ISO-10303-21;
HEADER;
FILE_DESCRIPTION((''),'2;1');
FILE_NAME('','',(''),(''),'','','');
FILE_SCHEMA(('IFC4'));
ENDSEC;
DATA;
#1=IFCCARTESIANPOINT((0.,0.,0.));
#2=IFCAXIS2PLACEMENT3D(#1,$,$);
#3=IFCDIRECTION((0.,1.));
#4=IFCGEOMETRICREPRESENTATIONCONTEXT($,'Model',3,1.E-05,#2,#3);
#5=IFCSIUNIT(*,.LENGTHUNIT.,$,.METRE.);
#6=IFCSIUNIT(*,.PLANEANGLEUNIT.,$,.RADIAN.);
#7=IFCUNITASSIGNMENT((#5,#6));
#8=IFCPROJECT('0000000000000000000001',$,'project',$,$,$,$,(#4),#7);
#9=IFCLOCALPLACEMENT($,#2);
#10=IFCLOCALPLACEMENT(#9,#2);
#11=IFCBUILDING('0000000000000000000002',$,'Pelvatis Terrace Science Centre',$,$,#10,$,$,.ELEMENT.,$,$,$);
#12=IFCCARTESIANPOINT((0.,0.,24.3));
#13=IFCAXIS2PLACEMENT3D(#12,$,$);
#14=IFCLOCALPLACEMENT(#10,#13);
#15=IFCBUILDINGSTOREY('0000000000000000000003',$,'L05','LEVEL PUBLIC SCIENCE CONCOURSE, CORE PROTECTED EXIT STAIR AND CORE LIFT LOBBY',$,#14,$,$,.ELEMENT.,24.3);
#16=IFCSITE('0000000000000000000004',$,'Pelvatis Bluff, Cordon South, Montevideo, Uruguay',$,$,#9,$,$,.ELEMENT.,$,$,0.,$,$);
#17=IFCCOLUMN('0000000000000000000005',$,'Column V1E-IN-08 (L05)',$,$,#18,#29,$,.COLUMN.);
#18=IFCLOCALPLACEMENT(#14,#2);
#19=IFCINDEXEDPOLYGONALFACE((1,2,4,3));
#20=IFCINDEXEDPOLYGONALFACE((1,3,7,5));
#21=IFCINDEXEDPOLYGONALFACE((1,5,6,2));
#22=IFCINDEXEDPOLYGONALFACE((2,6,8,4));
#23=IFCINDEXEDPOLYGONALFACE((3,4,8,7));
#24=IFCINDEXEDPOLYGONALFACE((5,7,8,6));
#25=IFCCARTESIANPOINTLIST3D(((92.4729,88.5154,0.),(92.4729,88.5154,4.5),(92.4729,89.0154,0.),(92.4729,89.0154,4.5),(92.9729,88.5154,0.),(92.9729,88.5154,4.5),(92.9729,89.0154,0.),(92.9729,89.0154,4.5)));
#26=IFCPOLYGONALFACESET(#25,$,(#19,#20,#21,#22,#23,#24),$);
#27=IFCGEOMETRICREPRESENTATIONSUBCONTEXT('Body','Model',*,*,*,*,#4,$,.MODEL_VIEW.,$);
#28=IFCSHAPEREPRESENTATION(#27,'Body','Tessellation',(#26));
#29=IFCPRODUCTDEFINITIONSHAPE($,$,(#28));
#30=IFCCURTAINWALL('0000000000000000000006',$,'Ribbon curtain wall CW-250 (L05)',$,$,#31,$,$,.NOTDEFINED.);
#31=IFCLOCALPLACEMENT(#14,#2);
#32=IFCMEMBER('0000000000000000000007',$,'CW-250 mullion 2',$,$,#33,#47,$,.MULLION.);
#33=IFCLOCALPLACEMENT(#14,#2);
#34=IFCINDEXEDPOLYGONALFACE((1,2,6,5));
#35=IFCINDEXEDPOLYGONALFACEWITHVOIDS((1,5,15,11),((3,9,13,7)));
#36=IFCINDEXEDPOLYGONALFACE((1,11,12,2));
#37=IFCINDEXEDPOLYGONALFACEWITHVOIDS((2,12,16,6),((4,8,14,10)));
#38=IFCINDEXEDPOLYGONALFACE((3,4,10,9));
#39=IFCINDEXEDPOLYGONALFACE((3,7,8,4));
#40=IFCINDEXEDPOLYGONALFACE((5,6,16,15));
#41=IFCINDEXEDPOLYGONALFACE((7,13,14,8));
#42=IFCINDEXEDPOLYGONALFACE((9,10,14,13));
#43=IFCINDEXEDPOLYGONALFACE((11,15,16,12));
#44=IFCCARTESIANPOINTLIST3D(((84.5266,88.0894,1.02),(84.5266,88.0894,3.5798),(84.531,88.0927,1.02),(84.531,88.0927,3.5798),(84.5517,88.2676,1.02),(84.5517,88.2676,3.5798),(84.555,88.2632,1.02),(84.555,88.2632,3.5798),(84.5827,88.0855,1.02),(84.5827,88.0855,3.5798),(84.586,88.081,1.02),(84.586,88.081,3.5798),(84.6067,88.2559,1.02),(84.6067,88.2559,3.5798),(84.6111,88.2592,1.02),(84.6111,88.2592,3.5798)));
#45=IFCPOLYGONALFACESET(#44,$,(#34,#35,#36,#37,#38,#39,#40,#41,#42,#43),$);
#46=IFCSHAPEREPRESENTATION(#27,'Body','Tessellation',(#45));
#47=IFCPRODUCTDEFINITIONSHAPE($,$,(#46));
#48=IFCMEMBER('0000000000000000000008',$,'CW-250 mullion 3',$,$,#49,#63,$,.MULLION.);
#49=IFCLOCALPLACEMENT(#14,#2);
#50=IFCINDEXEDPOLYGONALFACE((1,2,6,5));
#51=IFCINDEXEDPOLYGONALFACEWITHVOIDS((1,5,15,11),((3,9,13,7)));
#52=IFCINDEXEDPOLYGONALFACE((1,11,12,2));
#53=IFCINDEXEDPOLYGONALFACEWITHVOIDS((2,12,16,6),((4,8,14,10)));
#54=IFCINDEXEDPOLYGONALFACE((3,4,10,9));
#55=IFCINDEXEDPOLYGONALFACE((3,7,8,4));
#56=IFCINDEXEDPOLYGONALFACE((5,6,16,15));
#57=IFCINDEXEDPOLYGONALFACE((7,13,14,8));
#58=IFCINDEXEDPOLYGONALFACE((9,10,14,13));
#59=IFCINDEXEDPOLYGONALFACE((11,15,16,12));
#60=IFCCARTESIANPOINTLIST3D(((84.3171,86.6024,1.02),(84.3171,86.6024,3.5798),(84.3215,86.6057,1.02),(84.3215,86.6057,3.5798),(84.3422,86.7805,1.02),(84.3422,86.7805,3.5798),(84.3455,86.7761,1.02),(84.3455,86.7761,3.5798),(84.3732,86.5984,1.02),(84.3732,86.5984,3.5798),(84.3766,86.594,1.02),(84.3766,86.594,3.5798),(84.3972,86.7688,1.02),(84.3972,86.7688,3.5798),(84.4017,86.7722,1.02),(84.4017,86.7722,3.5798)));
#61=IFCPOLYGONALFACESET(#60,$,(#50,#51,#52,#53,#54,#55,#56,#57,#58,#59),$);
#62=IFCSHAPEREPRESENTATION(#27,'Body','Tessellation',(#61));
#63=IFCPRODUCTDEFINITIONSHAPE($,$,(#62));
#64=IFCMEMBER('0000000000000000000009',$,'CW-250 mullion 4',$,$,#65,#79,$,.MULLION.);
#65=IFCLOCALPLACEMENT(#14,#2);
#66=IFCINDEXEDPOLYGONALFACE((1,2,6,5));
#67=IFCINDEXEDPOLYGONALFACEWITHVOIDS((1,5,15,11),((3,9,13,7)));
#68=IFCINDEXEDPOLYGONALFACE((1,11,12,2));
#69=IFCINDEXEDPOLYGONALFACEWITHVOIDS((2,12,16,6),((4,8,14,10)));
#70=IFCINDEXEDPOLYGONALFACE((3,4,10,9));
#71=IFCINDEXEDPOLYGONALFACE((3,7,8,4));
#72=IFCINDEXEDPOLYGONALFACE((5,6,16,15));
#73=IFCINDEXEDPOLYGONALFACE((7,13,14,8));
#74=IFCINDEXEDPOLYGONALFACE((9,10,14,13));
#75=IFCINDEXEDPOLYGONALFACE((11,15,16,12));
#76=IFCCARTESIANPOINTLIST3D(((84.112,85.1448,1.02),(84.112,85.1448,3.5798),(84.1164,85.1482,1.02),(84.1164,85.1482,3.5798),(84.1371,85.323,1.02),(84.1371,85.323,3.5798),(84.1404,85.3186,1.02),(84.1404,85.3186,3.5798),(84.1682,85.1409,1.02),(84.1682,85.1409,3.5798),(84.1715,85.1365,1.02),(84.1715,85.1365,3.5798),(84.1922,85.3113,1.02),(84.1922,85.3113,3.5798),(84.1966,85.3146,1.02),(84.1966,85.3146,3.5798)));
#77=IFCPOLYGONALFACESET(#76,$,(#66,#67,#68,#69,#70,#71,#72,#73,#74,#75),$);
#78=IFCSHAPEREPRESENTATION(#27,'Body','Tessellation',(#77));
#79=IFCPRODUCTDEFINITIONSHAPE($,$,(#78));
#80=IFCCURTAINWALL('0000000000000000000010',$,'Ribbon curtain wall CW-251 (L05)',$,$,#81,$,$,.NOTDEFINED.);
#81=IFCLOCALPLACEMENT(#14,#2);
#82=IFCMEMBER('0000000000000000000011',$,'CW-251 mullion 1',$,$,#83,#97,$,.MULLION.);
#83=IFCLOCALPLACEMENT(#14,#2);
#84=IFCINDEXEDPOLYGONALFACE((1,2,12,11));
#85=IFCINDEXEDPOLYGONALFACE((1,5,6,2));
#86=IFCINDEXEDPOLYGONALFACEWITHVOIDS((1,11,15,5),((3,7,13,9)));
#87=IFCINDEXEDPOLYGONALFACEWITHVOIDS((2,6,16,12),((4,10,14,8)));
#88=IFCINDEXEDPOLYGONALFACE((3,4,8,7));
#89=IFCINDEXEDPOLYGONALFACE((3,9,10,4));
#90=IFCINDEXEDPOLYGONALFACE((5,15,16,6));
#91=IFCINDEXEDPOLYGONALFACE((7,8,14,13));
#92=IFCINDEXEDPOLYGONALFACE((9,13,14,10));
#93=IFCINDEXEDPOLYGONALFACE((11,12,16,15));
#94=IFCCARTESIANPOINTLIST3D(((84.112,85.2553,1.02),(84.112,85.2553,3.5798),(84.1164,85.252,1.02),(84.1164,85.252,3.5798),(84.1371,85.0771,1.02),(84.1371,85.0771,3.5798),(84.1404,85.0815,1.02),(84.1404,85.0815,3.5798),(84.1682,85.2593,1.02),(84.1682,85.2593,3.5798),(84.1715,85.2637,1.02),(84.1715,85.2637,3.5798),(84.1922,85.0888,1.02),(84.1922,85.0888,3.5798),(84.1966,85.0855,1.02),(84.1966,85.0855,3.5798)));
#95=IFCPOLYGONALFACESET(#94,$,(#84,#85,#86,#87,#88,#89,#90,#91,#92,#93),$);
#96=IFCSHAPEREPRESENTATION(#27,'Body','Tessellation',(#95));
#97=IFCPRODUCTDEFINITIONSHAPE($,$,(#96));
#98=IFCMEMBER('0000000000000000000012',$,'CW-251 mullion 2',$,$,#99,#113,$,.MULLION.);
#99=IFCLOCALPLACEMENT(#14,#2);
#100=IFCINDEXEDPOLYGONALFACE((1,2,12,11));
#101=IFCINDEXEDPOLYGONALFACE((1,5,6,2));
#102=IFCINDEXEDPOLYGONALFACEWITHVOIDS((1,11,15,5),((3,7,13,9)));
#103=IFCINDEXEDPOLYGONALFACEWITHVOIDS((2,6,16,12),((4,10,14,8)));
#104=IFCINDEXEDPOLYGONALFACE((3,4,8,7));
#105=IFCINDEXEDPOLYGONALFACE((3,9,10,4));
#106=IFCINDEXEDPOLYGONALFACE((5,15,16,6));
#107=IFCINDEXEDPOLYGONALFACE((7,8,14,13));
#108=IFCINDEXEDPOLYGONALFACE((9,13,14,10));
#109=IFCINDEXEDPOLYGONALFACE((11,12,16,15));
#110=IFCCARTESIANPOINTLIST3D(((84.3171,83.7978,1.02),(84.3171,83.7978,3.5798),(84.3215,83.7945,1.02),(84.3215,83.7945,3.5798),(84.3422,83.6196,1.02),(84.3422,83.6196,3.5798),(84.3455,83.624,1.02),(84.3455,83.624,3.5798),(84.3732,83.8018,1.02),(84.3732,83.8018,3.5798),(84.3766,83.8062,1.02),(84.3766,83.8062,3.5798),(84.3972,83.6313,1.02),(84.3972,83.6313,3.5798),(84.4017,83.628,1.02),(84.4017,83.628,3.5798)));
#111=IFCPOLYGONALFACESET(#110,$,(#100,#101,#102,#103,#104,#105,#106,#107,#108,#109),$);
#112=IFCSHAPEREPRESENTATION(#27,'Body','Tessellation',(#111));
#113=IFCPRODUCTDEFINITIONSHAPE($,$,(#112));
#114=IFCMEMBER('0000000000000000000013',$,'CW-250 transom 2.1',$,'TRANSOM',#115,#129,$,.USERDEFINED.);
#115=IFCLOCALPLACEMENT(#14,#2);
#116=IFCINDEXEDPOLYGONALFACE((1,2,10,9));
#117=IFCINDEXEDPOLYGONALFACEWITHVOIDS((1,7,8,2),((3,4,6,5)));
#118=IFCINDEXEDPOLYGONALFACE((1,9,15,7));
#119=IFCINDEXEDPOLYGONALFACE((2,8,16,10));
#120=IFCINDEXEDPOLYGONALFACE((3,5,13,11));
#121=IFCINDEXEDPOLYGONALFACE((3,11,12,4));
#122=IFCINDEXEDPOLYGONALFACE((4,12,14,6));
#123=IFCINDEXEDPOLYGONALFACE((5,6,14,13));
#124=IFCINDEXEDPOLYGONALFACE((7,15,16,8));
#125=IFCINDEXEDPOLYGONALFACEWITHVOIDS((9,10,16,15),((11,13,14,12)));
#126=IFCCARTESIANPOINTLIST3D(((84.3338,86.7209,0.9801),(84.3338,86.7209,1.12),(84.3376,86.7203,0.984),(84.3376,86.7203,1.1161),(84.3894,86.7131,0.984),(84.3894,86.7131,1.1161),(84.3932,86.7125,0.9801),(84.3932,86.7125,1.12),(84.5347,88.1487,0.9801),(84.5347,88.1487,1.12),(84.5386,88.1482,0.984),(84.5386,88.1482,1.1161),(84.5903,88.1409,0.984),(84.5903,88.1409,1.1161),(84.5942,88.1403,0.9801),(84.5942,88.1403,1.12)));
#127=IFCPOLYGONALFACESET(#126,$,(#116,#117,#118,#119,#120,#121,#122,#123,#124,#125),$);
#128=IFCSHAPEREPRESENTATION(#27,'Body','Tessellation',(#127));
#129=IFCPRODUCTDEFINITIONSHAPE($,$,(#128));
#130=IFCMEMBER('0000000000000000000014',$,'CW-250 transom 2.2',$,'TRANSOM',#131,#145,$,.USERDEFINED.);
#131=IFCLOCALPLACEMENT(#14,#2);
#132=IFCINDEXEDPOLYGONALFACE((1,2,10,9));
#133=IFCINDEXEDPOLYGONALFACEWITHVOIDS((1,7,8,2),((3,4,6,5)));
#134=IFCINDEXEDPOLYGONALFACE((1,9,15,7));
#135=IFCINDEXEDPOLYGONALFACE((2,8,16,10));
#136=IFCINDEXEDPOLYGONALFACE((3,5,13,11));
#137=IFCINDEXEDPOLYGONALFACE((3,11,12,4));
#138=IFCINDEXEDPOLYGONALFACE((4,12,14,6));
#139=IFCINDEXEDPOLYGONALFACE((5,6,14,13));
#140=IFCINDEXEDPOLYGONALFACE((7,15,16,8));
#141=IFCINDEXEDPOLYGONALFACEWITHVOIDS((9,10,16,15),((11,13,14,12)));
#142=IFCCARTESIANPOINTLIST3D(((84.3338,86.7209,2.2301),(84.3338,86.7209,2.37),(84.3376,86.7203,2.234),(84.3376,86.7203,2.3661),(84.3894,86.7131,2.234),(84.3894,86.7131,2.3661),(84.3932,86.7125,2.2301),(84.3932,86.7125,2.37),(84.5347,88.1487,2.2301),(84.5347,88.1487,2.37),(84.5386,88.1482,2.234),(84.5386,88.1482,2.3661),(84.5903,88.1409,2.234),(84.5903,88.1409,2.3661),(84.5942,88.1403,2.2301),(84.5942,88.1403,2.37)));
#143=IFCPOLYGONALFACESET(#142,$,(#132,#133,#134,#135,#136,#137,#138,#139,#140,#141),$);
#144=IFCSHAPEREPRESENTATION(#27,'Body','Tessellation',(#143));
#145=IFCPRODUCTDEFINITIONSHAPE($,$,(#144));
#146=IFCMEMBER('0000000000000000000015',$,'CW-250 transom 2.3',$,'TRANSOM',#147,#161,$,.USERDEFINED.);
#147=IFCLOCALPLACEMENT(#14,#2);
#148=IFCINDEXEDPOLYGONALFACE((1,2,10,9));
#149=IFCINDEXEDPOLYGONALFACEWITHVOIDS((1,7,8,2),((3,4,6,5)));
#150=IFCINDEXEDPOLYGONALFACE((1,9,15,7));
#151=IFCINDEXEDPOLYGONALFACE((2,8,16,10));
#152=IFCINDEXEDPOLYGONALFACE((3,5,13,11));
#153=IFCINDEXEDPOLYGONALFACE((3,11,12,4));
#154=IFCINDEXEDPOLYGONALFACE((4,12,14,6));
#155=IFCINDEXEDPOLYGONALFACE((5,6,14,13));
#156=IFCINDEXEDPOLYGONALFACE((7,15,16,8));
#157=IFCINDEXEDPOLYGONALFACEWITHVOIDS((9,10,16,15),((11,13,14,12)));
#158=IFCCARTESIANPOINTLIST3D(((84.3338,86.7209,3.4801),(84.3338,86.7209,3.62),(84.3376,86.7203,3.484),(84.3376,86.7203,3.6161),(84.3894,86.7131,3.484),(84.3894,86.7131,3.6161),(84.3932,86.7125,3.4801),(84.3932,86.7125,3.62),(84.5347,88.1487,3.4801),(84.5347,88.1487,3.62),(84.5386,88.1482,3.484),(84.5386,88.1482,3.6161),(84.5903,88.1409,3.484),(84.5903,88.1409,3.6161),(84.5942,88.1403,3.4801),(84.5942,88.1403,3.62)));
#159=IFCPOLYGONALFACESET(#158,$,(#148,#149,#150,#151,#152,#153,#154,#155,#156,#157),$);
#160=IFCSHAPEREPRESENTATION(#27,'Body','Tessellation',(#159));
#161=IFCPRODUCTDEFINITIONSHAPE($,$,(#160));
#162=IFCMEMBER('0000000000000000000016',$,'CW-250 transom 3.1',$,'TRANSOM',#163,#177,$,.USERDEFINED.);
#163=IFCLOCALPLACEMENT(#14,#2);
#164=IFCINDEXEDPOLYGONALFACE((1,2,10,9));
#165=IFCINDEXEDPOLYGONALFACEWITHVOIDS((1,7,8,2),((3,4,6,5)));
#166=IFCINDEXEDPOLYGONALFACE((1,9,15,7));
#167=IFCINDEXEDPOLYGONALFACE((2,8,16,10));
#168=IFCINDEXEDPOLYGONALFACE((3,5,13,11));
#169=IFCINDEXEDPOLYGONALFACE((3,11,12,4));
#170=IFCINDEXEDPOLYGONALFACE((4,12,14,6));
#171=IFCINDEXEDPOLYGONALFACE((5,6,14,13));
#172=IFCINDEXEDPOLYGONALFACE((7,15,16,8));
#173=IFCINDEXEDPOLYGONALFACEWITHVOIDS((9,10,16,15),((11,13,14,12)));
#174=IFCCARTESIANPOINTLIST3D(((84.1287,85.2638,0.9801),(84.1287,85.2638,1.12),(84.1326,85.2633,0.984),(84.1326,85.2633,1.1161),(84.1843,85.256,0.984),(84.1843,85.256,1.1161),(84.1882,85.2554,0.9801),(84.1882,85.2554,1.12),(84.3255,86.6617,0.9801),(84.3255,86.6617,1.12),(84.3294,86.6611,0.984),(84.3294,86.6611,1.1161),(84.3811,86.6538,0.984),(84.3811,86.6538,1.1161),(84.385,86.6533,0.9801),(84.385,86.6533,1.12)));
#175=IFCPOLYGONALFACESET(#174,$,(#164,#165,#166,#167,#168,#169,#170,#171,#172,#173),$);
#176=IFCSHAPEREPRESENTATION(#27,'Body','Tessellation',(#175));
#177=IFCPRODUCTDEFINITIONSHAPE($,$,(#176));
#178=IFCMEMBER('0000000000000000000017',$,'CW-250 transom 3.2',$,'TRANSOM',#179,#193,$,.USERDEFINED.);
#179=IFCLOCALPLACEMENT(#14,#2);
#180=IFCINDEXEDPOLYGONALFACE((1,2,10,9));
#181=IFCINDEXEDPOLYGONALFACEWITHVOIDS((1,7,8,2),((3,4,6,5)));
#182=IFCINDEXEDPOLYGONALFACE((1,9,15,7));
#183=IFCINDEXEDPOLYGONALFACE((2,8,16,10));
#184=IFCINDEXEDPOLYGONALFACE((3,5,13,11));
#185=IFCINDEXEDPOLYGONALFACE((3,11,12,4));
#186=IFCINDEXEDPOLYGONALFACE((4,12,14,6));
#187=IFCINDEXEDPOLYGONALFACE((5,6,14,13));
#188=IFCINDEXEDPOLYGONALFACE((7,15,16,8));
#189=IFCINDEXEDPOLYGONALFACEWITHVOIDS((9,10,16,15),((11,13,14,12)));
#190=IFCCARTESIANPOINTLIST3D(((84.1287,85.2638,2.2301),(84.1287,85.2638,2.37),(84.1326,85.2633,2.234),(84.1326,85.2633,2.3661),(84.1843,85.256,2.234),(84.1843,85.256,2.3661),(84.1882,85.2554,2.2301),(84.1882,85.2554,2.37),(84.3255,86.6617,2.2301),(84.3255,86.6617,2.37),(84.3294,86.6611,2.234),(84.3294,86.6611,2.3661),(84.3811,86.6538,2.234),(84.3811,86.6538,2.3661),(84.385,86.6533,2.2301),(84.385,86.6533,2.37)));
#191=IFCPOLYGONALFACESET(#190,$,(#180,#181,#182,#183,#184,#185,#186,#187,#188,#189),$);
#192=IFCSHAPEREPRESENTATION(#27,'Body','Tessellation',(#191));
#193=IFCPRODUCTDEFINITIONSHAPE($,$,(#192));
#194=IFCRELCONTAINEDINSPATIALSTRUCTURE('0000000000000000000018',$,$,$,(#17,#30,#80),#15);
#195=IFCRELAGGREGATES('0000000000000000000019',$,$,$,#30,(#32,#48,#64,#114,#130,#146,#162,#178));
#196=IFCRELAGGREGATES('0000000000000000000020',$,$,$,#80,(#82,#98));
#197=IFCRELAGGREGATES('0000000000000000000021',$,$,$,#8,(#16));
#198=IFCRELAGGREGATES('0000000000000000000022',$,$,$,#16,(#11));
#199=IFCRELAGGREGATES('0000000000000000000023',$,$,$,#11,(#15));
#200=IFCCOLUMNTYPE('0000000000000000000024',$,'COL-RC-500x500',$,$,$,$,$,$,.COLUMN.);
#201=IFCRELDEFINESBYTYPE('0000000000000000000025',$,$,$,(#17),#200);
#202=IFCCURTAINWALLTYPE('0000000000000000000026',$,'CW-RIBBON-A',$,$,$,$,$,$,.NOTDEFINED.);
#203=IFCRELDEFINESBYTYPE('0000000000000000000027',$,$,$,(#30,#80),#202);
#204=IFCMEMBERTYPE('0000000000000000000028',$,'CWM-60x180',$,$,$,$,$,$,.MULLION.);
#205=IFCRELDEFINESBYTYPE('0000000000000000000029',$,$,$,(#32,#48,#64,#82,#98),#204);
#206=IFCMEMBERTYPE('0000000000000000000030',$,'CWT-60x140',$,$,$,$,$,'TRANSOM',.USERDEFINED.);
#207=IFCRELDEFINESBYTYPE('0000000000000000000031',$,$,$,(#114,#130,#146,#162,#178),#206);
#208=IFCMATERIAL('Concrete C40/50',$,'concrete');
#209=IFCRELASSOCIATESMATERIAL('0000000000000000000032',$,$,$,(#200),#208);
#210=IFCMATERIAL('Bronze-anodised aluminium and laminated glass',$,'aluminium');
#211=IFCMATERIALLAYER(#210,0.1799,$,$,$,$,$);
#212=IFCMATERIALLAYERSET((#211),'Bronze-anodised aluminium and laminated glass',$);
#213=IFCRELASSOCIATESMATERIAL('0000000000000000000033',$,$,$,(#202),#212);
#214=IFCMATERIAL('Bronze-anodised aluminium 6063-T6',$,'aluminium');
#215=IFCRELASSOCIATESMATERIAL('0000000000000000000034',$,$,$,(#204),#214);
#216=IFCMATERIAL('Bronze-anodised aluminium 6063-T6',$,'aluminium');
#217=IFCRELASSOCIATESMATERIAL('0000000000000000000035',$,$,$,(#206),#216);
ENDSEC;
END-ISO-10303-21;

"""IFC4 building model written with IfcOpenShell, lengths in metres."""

from ifc_helpers import new_model, si_unit, direction, frame, origin, origin_2d, place, context, subcontext, project, spatial, rectangle, hollow_rectangle, extrude, material, layer, layer_set, material_profile, profile_set, type_object, element, aggregate, save


model = new_model("IFC4")

# Units and contexts
model_context = context("Model", 3, precision=1e-05, world=origin(), true_north=direction((0.0, 1.0)))
body_context = subcontext(model_context, "Body", "Model", "MODEL_VIEW")
ifc_project = project(units=[si_unit("LENGTHUNIT", "METRE"), si_unit("PLANEANGLEUNIT", "RADIAN")], contexts=[model_context])

# Site, building, storey
site_placement = place(None, origin())
site = spatial("IfcSite", under=ifc_project, at=site_placement, Name="Pelvatis Bluff, Cordon South, Montevideo, Uruguay", CompositionType="ELEMENT", RefElevation=0.0)
building_placement = place(site_placement, origin())
building = spatial("IfcBuilding", under=site, at=building_placement, Name="Pelvatis Terrace Science Centre", CompositionType="ELEMENT")
storey_placement = place(building_placement, frame((0.0, 0.0, 24.3)))
storey = spatial("IfcBuildingStorey", under=building, at=storey_placement, Name="L05", Description="LEVEL PUBLIC SCIENCE CONCOURSE, CORE PROTECTED EXIT STAIR AND CORE LIFT LOBBY", CompositionType="ELEMENT", Elevation=24.3)

# Column
ifc_material_1 = material(Name="Concrete C40/50", Category="concrete")
ifc_material_profile_1 = material_profile(ifc_material_1, rectangle(XDim=0.5, YDim=0.5, at=origin_2d()), Name="RC-COL 500x500")
ifc_profile_set_1 = profile_set([ifc_material_profile_1], Name="Concrete C40/50")
column_type = type_object("IfcColumnType", Name="COL-RC-500x500", PredefinedType="COLUMN", material=ifc_profile_set_1)
column_placement = place(storey_placement, frame((92.7229, 88.7654, 0.0), z_axis=(0.0, 0.0, 1.0), x_axis=(1.0, 0.0, 0.0)))
element("IfcColumn", 1, at=column_placement, inside=storey, type_object=column_type, Name="Column V1E-IN-08 (L05)", PredefinedType="COLUMN", context=body_context, shape_type="SweptSolid", body=[
    extrude(rectangle(XDim=0.5, YDim=0.5, at=origin_2d()), origin(), (0.0, 0.0, 1.0), 4.5),
])

# Curtain walls, members
ifc_material_2 = material(Name="Bronze-anodised aluminium and laminated glass", Category="aluminium")
ifc_layer_1 = layer(ifc_material_2, 0.1799)
ifc_layer_set_1 = layer_set([ifc_layer_1], Name="Bronze-anodised aluminium and laminated glass")
curtain_wall_type = type_object("IfcCurtainWallType", Name="CW-RIBBON-A", PredefinedType="NOTDEFINED", material=ifc_layer_set_1)
curtain_wall_1_placement = place(storey_placement, origin())
curtain_wall_1 = element("IfcCurtainWall", 2, at=curtain_wall_1_placement, inside=storey, type_object=curtain_wall_type, Name="Ribbon curtain wall CW-250 (L05)", PredefinedType="NOTDEFINED")
ifc_material_3 = material(Name="Bronze-anodised aluminium 6063-T6", Category="aluminium")
ifc_material_profile_2 = material_profile(ifc_material_3, hollow_rectangle(XDim=0.0601, YDim=0.1799, WallThickness=0.0039, at=origin_2d()), Name="ALU-MUL 60x180")
ifc_profile_set_2 = profile_set([ifc_material_profile_2], Name="Bronze-anodised aluminium 6063-T6")
member_type_1 = type_object("IfcMemberType", Name="CWM-60x180", PredefinedType="MULLION", material=ifc_profile_set_2)
member_1_placement = place(storey_placement, frame((84.5688, 88.1743, 1.02), z_axis=(0.0, 0.0, 1.0), x_axis=(0.990235, -0.139408, 0.0)))
member_1 = element("IfcMember", 3, at=member_1_placement, type_object=member_type_1, Name="CW-250 mullion 2", PredefinedType="MULLION", context=body_context, shape_type="SweptSolid", body=[
    extrude(hollow_rectangle(XDim=0.0601, YDim=0.1799, WallThickness=0.0039, at=origin_2d()), origin(), (0.0, 0.0, 1.0), 2.5598),
])
member_2_placement = place(storey_placement, frame((84.3594, 86.6873, 1.02), z_axis=(0.0, 0.0, 1.0), x_axis=(0.990235, -0.139408, 0.0)))
member_2 = element("IfcMember", 4, at=member_2_placement, type_object=member_type_1, Name="CW-250 mullion 3", PredefinedType="MULLION", context=body_context, shape_type="SweptSolid", body=[
    extrude(hollow_rectangle(XDim=0.0601, YDim=0.1799, WallThickness=0.0039, at=origin_2d()), origin(), (0.0, 0.0, 1.0), 2.5598),
])
member_3_placement = place(storey_placement, frame((84.1543, 85.2297, 1.02), z_axis=(0.0, 0.0, 1.0), x_axis=(0.990235, -0.139408, 0.0)))
member_3 = element("IfcMember", 5, at=member_3_placement, type_object=member_type_1, Name="CW-250 mullion 4", PredefinedType="MULLION", context=body_context, shape_type="SweptSolid", body=[
    extrude(hollow_rectangle(XDim=0.0601, YDim=0.1799, WallThickness=0.0039, at=origin_2d()), origin(), (0.0, 0.0, 1.0), 2.5598),
])
curtain_wall_2_placement = place(storey_placement, origin())
curtain_wall_2 = element("IfcCurtainWall", 6, at=curtain_wall_2_placement, inside=storey, type_object=curtain_wall_type, Name="Ribbon curtain wall CW-251 (L05)", PredefinedType="NOTDEFINED")
member_4_placement = place(storey_placement, frame((84.1543, 85.1704, 1.02), z_axis=(0.0, 0.0, 1.0), x_axis=(0.990235, 0.139408, 0.0)))
member_4 = element("IfcMember", 7, at=member_4_placement, type_object=member_type_1, Name="CW-251 mullion 1", PredefinedType="MULLION", context=body_context, shape_type="SweptSolid", body=[
    extrude(hollow_rectangle(XDim=0.0601, YDim=0.1799, WallThickness=0.0039, at=origin_2d()), origin(), (0.0, 0.0, 1.0), 2.5598),
])
member_5_placement = place(storey_placement, frame((84.3594, 83.7129, 1.02), z_axis=(0.0, 0.0, 1.0), x_axis=(0.990235, 0.139408, 0.0)))
member_5 = element("IfcMember", 8, at=member_5_placement, type_object=member_type_1, Name="CW-251 mullion 2", PredefinedType="MULLION", context=body_context, shape_type="SweptSolid", body=[
    extrude(hollow_rectangle(XDim=0.0601, YDim=0.1799, WallThickness=0.0039, at=origin_2d()), origin(), (0.0, 0.0, 1.0), 2.5598),
])

# Members
ifc_material_4 = material(Name="Bronze-anodised aluminium 6063-T6", Category="aluminium")
ifc_material_profile_3 = material_profile(ifc_material_4, hollow_rectangle(XDim=0.0601, YDim=0.1399, WallThickness=0.0039, at=origin_2d()), Name="ALU-TRN 60x140")
ifc_profile_set_3 = profile_set([ifc_material_profile_3], Name="Bronze-anodised aluminium 6063-T6")
member_type_2 = type_object("IfcMemberType", Name="CWT-60x140", ElementType="TRANSOM", PredefinedType="USERDEFINED", material=ifc_profile_set_3)
member_6_placement = place(storey_placement, frame((84.5645, 88.1445, 1.05), z_axis=(-0.139359, -0.990242, 0.0), x_axis=(0.990242, -0.139359, 0.0)))
member_6 = element("IfcMember", 9, at=member_6_placement, type_object=member_type_2, Name="CW-250 transom 2.1", ObjectType="TRANSOM", PredefinedType="USERDEFINED", context=body_context, shape_type="SweptSolid", body=[
    extrude(hollow_rectangle(XDim=0.0601, YDim=0.1399, WallThickness=0.0039, at=origin_2d()), origin(), (0.0, 0.0, 1.0), 1.4419),
])
member_7_placement = place(storey_placement, frame((84.5645, 88.1445, 2.3), z_axis=(-0.139359, -0.990242, 0.0), x_axis=(0.990242, -0.139359, 0.0)))
member_7 = element("IfcMember", 10, at=member_7_placement, type_object=member_type_2, Name="CW-250 transom 2.2", ObjectType="TRANSOM", PredefinedType="USERDEFINED", context=body_context, shape_type="SweptSolid", body=[
    extrude(hollow_rectangle(XDim=0.0601, YDim=0.1399, WallThickness=0.0039, at=origin_2d()), origin(), (0.0, 0.0, 1.0), 1.4419),
])
member_8_placement = place(storey_placement, frame((84.5645, 88.1445, 3.55), z_axis=(-0.139359, -0.990242, 0.0), x_axis=(0.990242, -0.139359, 0.0)))
member_8 = element("IfcMember", 11, at=member_8_placement, type_object=member_type_2, Name="CW-250 transom 2.3", ObjectType="TRANSOM", PredefinedType="USERDEFINED", context=body_context, shape_type="SweptSolid", body=[
    extrude(hollow_rectangle(XDim=0.0601, YDim=0.1399, WallThickness=0.0039, at=origin_2d()), origin(), (0.0, 0.0, 1.0), 1.4419),
])
member_9_placement = place(storey_placement, frame((84.3552, 86.6575, 1.05), z_axis=(-0.139387, -0.990238, 0.0), x_axis=(0.990238, -0.139387, 0.0)))
member_9 = element("IfcMember", 12, at=member_9_placement, type_object=member_type_2, Name="CW-250 transom 3.1", ObjectType="TRANSOM", PredefinedType="USERDEFINED", context=body_context, shape_type="SweptSolid", body=[
    extrude(hollow_rectangle(XDim=0.0601, YDim=0.1399, WallThickness=0.0039, at=origin_2d()), origin(), (0.0, 0.0, 1.0), 1.4116),
])
member_10_placement = place(storey_placement, frame((84.3552, 86.6575, 2.3), z_axis=(-0.139387, -0.990238, 0.0), x_axis=(0.990238, -0.139387, 0.0)))
member_10 = element("IfcMember", 13, at=member_10_placement, type_object=member_type_2, Name="CW-250 transom 3.2", ObjectType="TRANSOM", PredefinedType="USERDEFINED", context=body_context, shape_type="SweptSolid", body=[
    extrude(hollow_rectangle(XDim=0.0601, YDim=0.1399, WallThickness=0.0039, at=origin_2d()), origin(), (0.0, 0.0, 1.0), 1.4116),
])

aggregate(curtain_wall_1, [member_1, member_2, member_3, member_6, member_7, member_8, member_9, member_10])
aggregate(curtain_wall_2, [member_4, member_5])

save(model, "model.ifc")
